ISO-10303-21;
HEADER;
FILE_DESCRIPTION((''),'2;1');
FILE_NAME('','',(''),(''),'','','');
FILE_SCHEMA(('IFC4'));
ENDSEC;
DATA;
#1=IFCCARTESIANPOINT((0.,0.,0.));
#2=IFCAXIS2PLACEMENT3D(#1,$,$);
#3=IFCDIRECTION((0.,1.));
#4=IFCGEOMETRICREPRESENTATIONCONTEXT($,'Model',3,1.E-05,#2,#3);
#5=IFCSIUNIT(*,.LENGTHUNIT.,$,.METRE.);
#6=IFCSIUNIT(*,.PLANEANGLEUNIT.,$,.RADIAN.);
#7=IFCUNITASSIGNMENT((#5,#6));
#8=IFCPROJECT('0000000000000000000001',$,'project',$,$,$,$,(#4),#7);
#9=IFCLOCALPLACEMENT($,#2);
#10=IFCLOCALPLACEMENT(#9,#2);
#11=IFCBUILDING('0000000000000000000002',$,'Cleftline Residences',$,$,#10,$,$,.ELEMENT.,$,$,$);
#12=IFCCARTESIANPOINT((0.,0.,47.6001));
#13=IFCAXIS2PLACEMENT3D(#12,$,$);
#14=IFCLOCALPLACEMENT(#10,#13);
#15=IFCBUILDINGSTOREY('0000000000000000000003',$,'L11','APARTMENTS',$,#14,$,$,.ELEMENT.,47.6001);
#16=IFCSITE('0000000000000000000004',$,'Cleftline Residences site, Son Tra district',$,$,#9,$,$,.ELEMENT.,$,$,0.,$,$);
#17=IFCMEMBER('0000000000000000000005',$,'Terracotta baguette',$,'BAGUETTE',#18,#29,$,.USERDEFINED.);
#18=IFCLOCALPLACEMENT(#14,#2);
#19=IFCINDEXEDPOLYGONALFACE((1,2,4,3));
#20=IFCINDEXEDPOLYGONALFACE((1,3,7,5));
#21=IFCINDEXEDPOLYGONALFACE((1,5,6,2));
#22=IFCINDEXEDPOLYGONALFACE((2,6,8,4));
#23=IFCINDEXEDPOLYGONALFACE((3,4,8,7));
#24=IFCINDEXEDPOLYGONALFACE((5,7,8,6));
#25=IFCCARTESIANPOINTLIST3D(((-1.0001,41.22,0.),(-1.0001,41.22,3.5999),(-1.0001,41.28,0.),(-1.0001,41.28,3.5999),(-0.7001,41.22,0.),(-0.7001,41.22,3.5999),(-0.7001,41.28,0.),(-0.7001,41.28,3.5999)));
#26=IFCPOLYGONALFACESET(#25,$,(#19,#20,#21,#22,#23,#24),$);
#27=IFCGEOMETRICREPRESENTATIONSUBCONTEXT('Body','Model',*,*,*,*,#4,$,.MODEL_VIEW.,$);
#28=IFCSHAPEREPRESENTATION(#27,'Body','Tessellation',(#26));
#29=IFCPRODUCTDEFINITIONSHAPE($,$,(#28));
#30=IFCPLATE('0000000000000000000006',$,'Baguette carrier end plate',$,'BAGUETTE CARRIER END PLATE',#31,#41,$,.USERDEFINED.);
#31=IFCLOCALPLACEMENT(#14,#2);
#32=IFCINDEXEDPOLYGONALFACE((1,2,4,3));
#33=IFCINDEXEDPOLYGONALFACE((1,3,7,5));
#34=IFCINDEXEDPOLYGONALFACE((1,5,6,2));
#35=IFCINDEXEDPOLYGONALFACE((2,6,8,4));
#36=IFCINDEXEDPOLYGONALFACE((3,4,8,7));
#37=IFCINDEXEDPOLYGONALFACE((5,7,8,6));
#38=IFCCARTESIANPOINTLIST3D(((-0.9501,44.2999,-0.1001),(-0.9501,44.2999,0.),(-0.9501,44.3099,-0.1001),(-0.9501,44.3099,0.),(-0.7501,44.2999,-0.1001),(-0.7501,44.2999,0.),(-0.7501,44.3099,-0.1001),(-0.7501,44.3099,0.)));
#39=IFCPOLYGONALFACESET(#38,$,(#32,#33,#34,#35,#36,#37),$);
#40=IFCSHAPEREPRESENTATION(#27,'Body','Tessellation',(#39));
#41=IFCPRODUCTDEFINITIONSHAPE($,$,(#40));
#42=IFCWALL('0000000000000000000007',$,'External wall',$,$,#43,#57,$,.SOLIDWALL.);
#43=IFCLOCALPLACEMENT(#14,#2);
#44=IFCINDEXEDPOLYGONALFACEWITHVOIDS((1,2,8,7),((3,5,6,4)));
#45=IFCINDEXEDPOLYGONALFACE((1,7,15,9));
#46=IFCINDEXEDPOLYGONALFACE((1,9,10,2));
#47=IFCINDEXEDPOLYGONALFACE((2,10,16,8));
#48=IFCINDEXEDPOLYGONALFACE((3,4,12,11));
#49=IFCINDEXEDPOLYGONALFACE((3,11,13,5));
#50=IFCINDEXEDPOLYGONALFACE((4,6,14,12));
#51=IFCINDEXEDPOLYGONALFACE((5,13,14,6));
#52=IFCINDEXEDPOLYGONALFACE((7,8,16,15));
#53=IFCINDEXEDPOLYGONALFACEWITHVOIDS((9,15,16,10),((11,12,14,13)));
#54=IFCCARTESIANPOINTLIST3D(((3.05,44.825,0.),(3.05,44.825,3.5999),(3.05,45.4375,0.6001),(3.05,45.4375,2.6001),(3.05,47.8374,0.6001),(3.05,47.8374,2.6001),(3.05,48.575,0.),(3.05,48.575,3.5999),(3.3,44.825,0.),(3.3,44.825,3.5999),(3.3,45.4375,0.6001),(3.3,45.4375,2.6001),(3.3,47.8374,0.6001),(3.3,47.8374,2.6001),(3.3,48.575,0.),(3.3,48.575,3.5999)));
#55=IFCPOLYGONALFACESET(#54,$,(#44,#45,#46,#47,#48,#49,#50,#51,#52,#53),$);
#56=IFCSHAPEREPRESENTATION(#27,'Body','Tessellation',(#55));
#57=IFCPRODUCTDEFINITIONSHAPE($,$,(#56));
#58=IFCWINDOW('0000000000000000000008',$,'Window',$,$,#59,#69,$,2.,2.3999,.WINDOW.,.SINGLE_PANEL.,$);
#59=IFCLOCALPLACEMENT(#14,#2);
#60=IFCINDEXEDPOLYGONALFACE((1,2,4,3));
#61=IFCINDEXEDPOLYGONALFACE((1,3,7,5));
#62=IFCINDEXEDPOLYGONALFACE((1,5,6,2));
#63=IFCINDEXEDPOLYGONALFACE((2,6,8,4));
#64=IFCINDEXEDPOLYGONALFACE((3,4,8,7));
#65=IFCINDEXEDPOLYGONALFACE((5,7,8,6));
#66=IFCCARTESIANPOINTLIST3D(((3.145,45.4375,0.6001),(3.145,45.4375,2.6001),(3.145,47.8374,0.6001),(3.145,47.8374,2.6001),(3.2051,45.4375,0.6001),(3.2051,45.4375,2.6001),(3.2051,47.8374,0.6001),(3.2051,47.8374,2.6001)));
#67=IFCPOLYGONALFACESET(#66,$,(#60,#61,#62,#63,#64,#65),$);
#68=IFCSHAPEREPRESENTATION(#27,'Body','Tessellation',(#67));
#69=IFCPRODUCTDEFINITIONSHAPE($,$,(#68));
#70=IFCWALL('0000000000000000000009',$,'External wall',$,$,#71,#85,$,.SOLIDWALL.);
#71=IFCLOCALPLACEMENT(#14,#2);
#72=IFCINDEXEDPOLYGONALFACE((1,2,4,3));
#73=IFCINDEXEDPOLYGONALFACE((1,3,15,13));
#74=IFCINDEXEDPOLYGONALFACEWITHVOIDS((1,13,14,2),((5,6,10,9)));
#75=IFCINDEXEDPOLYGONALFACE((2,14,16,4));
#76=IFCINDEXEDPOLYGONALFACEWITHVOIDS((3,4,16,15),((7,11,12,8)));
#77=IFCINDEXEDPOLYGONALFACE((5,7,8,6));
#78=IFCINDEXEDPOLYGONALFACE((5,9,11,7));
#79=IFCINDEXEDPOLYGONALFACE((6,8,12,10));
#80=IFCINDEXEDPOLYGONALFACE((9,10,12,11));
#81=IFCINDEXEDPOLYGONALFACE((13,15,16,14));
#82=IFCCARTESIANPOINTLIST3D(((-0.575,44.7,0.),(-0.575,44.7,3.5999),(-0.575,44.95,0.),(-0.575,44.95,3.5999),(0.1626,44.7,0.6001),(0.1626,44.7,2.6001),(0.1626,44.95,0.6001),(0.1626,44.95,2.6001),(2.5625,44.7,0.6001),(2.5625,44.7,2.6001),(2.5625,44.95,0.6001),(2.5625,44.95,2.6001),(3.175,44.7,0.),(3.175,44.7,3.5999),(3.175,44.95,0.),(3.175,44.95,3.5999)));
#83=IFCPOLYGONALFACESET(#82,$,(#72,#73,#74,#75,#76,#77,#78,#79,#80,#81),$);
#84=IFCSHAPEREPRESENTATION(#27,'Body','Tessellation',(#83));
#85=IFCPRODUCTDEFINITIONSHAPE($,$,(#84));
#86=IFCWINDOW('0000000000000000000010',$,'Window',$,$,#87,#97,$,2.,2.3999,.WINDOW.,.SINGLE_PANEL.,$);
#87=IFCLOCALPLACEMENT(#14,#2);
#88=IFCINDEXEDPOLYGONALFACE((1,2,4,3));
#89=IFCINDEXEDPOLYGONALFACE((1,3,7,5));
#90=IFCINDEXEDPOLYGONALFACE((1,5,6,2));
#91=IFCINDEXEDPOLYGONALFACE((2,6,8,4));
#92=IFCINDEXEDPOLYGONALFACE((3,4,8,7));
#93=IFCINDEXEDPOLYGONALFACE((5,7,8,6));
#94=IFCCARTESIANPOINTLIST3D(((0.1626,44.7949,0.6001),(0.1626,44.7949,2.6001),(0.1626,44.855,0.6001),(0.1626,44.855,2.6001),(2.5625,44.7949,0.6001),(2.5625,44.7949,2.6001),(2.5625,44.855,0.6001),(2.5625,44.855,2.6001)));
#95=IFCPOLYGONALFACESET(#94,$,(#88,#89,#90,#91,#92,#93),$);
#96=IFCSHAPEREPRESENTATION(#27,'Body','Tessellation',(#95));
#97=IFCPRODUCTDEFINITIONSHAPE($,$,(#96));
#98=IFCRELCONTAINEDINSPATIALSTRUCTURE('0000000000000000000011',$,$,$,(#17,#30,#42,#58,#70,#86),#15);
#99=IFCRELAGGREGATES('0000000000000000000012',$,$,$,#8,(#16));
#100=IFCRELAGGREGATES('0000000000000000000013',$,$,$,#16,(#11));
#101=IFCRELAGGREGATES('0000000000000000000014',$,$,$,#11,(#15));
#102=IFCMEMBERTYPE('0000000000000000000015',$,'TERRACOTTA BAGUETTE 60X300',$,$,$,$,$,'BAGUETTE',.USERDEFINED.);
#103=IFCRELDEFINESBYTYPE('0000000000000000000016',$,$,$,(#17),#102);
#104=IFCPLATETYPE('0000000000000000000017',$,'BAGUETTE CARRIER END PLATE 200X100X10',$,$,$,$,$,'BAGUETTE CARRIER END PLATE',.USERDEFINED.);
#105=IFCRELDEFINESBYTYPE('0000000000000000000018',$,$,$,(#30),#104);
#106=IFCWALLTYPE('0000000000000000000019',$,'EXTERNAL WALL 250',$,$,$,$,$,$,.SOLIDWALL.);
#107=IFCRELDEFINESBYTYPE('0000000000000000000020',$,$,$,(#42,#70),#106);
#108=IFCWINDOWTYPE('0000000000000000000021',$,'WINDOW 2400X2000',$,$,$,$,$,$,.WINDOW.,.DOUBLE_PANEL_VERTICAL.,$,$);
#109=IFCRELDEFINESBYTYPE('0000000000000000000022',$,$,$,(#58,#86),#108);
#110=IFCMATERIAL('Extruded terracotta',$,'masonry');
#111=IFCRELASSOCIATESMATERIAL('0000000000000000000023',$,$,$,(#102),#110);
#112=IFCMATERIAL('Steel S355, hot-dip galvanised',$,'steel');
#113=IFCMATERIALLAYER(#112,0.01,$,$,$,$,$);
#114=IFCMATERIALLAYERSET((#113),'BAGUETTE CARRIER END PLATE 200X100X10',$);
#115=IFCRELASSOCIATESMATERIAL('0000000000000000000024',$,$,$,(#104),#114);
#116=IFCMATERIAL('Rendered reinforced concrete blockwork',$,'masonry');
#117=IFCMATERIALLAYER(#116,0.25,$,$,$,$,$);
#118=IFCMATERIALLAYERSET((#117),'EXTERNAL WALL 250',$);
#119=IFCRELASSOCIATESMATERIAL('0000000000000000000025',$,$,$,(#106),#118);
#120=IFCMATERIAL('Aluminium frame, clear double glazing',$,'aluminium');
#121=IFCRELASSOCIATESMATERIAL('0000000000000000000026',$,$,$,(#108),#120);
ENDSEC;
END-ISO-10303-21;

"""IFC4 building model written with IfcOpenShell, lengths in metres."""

from ifc_helpers import new_model, si_unit, direction, frame, frame_2d, origin, origin_2d, place, context, subcontext, project, spatial, rectangle, extrude, material, layer, layer_set, material_profile, profile_set, type_object, element, fill, save


model = new_model("IFC4")

# Units and contexts
model_context = context("Model", 3, precision=1e-05, world=origin(), true_north=direction((0.0, 1.0)))
body_context = subcontext(model_context, "Body", "Model", "MODEL_VIEW")
ifc_project = project(units=[si_unit("LENGTHUNIT", "METRE"), si_unit("PLANEANGLEUNIT", "RADIAN")], contexts=[model_context])

# Site, building, storey
site_placement = place(None, origin())
site = spatial("IfcSite", under=ifc_project, at=site_placement, Name="Cleftline Residences site, Son Tra district", CompositionType="ELEMENT", RefElevation=0.0)
building_placement = place(site_placement, origin())
building = spatial("IfcBuilding", under=site, at=building_placement, Name="Cleftline Residences", CompositionType="ELEMENT")
storey_placement = place(building_placement, frame((0.0, 0.0, 47.6001)))
storey = spatial("IfcBuildingStorey", under=building, at=storey_placement, Name="L11", Description="APARTMENTS", CompositionType="ELEMENT", Elevation=47.6001)

# Member
ifc_material_1 = material(Name="Extruded terracotta", Category="masonry")
ifc_material_profile_1 = material_profile(ifc_material_1, rectangle(XDim=0.0601, YDim=0.3, at=origin_2d()))
ifc_profile_set_1 = profile_set([ifc_material_profile_1], Name="Extruded terracotta")
member_type_1 = type_object("IfcMemberType", Name="TERRACOTTA BAGUETTE 60X300", ElementType="BAGUETTE", PredefinedType="USERDEFINED", material=ifc_profile_set_1)
for number, where, z_axis, x_axis, name in (
    (1, (-0.8501, 41.25, 0.0), (0.0, 0.0, 1.0), (0.0, 1.0, 0.0), "Terracotta baguette"),
):
    element("IfcMember", number, at=place(storey_placement, frame(where, z_axis=z_axis, x_axis=x_axis)), inside=storey, type_object=member_type_1, Name=name, ObjectType="BAGUETTE", PredefinedType="USERDEFINED", context=body_context, shape_type="SweptSolid", body=[
        extrude(rectangle(XDim=0.0601, YDim=0.3, at=origin_2d()), origin(), (0.0, 0.0, 1.0), 3.5999),
    ])

# Plate
ifc_material_2 = material(Name="Steel S355, hot-dip galvanised", Category="steel")
ifc_layer_1 = layer(ifc_material_2, 0.01)
ifc_layer_set_1 = layer_set([ifc_layer_1], Name="BAGUETTE CARRIER END PLATE 200X100X10")
plate_type = type_object("IfcPlateType", Name="BAGUETTE CARRIER END PLATE 200X100X10", ElementType="BAGUETTE CARRIER END PLATE", PredefinedType="USERDEFINED", material=ifc_layer_set_1)
plate_placement = place(storey_placement, frame((-0.8501, 44.3049, -0.1001), z_axis=(0.0, 0.0, 1.0), x_axis=(-1.0, 0.0, 0.0)))
element("IfcPlate", 2, at=plate_placement, inside=storey, type_object=plate_type, Name="Baguette carrier end plate", ObjectType="BAGUETTE CARRIER END PLATE", PredefinedType="USERDEFINED", context=body_context, shape_type="SweptSolid", body=[
    extrude(rectangle(XDim=0.2, YDim=0.01, at=origin_2d()), origin(), (0.0, 0.0, 1.0), 0.1001),
])

# Walls, openings, windows
ifc_material_3 = material(Name="Rendered reinforced concrete blockwork", Category="masonry")
ifc_layer_2 = layer(ifc_material_3, 0.25)
ifc_layer_set_2 = layer_set([ifc_layer_2], Name="EXTERNAL WALL 250")
wall_type_1 = type_object("IfcWallType", Name="EXTERNAL WALL 250", PredefinedType="SOLIDWALL", material=ifc_layer_set_2)
wall_1_placement = place(storey_placement, frame((3.175, 48.575, 0.0), z_axis=(0.0, 0.0, 1.0), x_axis=(0.0, -1.0, 0.0)))
wall_1 = element("IfcWall", 3, at=wall_1_placement, inside=storey, type_object=wall_type_1, Name="External wall", PredefinedType="SOLIDWALL", context=body_context, shape_type="SweptSolid", body=[
    extrude(rectangle(XDim=3.75, YDim=0.25, at=frame_2d((1.875, 0.0))), origin(), (0.0, 0.0, 1.0), 3.5999),
])
opening_1_placement = place(wall_1_placement, frame((0.7375, 0.0, 0.6001)))
opening_1 = element("IfcOpeningElement", 4, at=opening_1_placement, cuts=wall_1, PredefinedType="OPENING", context=body_context, shape_type="SweptSolid", body=[
    extrude(rectangle(XDim=2.3999, YDim=2.0, at=frame_2d((1.2, 1.0))), frame((0.0, 0.135, 0.0), z_axis=(0.0, -1.0, 0.0), x_axis=(1.0, 0.0, 0.0)), (0.0, 0.0, 1.0), 0.27),
])
ifc_material_4 = material(Name="Aluminium frame, clear double glazing", Category="aluminium")
window_type_1 = type_object("IfcWindowType", Name="WINDOW 2400X2000", PartitioningType="DOUBLE_PANEL_VERTICAL", PredefinedType="WINDOW", material=ifc_material_4)
window_1_placement = place(opening_1_placement, origin())
window_1 = element("IfcWindow", 5, at=window_1_placement, inside=storey, type_object=window_type_1, Name="Window", OverallHeight=2.0, OverallWidth=2.3999, PartitioningType="SINGLE_PANEL", PredefinedType="WINDOW", context=body_context, shape_type="SweptSolid", body=[
    extrude(rectangle(XDim=2.3999, YDim=2.0, at=frame_2d((1.2, 1.0))), frame((0.0, 0.03, 0.0), z_axis=(0.0, -1.0, 0.0), x_axis=(1.0, 0.0, 0.0)), (0.0, 0.0, 1.0), 0.0601),
])
fill(opening_1, window_1)
wall_2_placement = place(storey_placement, frame((3.175, 44.825, 0.0), z_axis=(0.0, 0.0, 1.0), x_axis=(-1.0, 0.0, 0.0)))
wall_2 = element("IfcWall", 6, at=wall_2_placement, inside=storey, type_object=wall_type_1, Name="External wall", PredefinedType="SOLIDWALL", context=body_context, shape_type="SweptSolid", body=[
    extrude(rectangle(XDim=3.75, YDim=0.25, at=frame_2d((1.875, 0.0))), origin(), (0.0, 0.0, 1.0), 3.5999),
])
opening_2_placement = place(wall_2_placement, frame((0.6125, 0.0, 0.6001)))
opening_2 = element("IfcOpeningElement", 7, at=opening_2_placement, cuts=wall_2, PredefinedType="OPENING", context=body_context, shape_type="SweptSolid", body=[
    extrude(rectangle(XDim=2.3999, YDim=2.0, at=frame_2d((1.2, 1.0))), frame((0.0, 0.135, 0.0), z_axis=(0.0, -1.0, 0.0), x_axis=(1.0, 0.0, 0.0)), (0.0, 0.0, 1.0), 0.27),
])
window_2_placement = place(opening_2_placement, origin())
window_2 = element("IfcWindow", 8, at=window_2_placement, inside=storey, type_object=window_type_1, Name="Window", OverallHeight=2.0, OverallWidth=2.3999, PartitioningType="SINGLE_PANEL", PredefinedType="WINDOW", context=body_context, shape_type="SweptSolid", body=[
    extrude(rectangle(XDim=2.3999, YDim=2.0, at=frame_2d((1.2, 1.0))), frame((0.0, 0.03, 0.0), z_axis=(0.0, -1.0, 0.0), x_axis=(1.0, 0.0, 0.0)), (0.0, 0.0, 1.0), 0.0601),
])
fill(opening_2, window_2)

save(model, "model.ifc")
